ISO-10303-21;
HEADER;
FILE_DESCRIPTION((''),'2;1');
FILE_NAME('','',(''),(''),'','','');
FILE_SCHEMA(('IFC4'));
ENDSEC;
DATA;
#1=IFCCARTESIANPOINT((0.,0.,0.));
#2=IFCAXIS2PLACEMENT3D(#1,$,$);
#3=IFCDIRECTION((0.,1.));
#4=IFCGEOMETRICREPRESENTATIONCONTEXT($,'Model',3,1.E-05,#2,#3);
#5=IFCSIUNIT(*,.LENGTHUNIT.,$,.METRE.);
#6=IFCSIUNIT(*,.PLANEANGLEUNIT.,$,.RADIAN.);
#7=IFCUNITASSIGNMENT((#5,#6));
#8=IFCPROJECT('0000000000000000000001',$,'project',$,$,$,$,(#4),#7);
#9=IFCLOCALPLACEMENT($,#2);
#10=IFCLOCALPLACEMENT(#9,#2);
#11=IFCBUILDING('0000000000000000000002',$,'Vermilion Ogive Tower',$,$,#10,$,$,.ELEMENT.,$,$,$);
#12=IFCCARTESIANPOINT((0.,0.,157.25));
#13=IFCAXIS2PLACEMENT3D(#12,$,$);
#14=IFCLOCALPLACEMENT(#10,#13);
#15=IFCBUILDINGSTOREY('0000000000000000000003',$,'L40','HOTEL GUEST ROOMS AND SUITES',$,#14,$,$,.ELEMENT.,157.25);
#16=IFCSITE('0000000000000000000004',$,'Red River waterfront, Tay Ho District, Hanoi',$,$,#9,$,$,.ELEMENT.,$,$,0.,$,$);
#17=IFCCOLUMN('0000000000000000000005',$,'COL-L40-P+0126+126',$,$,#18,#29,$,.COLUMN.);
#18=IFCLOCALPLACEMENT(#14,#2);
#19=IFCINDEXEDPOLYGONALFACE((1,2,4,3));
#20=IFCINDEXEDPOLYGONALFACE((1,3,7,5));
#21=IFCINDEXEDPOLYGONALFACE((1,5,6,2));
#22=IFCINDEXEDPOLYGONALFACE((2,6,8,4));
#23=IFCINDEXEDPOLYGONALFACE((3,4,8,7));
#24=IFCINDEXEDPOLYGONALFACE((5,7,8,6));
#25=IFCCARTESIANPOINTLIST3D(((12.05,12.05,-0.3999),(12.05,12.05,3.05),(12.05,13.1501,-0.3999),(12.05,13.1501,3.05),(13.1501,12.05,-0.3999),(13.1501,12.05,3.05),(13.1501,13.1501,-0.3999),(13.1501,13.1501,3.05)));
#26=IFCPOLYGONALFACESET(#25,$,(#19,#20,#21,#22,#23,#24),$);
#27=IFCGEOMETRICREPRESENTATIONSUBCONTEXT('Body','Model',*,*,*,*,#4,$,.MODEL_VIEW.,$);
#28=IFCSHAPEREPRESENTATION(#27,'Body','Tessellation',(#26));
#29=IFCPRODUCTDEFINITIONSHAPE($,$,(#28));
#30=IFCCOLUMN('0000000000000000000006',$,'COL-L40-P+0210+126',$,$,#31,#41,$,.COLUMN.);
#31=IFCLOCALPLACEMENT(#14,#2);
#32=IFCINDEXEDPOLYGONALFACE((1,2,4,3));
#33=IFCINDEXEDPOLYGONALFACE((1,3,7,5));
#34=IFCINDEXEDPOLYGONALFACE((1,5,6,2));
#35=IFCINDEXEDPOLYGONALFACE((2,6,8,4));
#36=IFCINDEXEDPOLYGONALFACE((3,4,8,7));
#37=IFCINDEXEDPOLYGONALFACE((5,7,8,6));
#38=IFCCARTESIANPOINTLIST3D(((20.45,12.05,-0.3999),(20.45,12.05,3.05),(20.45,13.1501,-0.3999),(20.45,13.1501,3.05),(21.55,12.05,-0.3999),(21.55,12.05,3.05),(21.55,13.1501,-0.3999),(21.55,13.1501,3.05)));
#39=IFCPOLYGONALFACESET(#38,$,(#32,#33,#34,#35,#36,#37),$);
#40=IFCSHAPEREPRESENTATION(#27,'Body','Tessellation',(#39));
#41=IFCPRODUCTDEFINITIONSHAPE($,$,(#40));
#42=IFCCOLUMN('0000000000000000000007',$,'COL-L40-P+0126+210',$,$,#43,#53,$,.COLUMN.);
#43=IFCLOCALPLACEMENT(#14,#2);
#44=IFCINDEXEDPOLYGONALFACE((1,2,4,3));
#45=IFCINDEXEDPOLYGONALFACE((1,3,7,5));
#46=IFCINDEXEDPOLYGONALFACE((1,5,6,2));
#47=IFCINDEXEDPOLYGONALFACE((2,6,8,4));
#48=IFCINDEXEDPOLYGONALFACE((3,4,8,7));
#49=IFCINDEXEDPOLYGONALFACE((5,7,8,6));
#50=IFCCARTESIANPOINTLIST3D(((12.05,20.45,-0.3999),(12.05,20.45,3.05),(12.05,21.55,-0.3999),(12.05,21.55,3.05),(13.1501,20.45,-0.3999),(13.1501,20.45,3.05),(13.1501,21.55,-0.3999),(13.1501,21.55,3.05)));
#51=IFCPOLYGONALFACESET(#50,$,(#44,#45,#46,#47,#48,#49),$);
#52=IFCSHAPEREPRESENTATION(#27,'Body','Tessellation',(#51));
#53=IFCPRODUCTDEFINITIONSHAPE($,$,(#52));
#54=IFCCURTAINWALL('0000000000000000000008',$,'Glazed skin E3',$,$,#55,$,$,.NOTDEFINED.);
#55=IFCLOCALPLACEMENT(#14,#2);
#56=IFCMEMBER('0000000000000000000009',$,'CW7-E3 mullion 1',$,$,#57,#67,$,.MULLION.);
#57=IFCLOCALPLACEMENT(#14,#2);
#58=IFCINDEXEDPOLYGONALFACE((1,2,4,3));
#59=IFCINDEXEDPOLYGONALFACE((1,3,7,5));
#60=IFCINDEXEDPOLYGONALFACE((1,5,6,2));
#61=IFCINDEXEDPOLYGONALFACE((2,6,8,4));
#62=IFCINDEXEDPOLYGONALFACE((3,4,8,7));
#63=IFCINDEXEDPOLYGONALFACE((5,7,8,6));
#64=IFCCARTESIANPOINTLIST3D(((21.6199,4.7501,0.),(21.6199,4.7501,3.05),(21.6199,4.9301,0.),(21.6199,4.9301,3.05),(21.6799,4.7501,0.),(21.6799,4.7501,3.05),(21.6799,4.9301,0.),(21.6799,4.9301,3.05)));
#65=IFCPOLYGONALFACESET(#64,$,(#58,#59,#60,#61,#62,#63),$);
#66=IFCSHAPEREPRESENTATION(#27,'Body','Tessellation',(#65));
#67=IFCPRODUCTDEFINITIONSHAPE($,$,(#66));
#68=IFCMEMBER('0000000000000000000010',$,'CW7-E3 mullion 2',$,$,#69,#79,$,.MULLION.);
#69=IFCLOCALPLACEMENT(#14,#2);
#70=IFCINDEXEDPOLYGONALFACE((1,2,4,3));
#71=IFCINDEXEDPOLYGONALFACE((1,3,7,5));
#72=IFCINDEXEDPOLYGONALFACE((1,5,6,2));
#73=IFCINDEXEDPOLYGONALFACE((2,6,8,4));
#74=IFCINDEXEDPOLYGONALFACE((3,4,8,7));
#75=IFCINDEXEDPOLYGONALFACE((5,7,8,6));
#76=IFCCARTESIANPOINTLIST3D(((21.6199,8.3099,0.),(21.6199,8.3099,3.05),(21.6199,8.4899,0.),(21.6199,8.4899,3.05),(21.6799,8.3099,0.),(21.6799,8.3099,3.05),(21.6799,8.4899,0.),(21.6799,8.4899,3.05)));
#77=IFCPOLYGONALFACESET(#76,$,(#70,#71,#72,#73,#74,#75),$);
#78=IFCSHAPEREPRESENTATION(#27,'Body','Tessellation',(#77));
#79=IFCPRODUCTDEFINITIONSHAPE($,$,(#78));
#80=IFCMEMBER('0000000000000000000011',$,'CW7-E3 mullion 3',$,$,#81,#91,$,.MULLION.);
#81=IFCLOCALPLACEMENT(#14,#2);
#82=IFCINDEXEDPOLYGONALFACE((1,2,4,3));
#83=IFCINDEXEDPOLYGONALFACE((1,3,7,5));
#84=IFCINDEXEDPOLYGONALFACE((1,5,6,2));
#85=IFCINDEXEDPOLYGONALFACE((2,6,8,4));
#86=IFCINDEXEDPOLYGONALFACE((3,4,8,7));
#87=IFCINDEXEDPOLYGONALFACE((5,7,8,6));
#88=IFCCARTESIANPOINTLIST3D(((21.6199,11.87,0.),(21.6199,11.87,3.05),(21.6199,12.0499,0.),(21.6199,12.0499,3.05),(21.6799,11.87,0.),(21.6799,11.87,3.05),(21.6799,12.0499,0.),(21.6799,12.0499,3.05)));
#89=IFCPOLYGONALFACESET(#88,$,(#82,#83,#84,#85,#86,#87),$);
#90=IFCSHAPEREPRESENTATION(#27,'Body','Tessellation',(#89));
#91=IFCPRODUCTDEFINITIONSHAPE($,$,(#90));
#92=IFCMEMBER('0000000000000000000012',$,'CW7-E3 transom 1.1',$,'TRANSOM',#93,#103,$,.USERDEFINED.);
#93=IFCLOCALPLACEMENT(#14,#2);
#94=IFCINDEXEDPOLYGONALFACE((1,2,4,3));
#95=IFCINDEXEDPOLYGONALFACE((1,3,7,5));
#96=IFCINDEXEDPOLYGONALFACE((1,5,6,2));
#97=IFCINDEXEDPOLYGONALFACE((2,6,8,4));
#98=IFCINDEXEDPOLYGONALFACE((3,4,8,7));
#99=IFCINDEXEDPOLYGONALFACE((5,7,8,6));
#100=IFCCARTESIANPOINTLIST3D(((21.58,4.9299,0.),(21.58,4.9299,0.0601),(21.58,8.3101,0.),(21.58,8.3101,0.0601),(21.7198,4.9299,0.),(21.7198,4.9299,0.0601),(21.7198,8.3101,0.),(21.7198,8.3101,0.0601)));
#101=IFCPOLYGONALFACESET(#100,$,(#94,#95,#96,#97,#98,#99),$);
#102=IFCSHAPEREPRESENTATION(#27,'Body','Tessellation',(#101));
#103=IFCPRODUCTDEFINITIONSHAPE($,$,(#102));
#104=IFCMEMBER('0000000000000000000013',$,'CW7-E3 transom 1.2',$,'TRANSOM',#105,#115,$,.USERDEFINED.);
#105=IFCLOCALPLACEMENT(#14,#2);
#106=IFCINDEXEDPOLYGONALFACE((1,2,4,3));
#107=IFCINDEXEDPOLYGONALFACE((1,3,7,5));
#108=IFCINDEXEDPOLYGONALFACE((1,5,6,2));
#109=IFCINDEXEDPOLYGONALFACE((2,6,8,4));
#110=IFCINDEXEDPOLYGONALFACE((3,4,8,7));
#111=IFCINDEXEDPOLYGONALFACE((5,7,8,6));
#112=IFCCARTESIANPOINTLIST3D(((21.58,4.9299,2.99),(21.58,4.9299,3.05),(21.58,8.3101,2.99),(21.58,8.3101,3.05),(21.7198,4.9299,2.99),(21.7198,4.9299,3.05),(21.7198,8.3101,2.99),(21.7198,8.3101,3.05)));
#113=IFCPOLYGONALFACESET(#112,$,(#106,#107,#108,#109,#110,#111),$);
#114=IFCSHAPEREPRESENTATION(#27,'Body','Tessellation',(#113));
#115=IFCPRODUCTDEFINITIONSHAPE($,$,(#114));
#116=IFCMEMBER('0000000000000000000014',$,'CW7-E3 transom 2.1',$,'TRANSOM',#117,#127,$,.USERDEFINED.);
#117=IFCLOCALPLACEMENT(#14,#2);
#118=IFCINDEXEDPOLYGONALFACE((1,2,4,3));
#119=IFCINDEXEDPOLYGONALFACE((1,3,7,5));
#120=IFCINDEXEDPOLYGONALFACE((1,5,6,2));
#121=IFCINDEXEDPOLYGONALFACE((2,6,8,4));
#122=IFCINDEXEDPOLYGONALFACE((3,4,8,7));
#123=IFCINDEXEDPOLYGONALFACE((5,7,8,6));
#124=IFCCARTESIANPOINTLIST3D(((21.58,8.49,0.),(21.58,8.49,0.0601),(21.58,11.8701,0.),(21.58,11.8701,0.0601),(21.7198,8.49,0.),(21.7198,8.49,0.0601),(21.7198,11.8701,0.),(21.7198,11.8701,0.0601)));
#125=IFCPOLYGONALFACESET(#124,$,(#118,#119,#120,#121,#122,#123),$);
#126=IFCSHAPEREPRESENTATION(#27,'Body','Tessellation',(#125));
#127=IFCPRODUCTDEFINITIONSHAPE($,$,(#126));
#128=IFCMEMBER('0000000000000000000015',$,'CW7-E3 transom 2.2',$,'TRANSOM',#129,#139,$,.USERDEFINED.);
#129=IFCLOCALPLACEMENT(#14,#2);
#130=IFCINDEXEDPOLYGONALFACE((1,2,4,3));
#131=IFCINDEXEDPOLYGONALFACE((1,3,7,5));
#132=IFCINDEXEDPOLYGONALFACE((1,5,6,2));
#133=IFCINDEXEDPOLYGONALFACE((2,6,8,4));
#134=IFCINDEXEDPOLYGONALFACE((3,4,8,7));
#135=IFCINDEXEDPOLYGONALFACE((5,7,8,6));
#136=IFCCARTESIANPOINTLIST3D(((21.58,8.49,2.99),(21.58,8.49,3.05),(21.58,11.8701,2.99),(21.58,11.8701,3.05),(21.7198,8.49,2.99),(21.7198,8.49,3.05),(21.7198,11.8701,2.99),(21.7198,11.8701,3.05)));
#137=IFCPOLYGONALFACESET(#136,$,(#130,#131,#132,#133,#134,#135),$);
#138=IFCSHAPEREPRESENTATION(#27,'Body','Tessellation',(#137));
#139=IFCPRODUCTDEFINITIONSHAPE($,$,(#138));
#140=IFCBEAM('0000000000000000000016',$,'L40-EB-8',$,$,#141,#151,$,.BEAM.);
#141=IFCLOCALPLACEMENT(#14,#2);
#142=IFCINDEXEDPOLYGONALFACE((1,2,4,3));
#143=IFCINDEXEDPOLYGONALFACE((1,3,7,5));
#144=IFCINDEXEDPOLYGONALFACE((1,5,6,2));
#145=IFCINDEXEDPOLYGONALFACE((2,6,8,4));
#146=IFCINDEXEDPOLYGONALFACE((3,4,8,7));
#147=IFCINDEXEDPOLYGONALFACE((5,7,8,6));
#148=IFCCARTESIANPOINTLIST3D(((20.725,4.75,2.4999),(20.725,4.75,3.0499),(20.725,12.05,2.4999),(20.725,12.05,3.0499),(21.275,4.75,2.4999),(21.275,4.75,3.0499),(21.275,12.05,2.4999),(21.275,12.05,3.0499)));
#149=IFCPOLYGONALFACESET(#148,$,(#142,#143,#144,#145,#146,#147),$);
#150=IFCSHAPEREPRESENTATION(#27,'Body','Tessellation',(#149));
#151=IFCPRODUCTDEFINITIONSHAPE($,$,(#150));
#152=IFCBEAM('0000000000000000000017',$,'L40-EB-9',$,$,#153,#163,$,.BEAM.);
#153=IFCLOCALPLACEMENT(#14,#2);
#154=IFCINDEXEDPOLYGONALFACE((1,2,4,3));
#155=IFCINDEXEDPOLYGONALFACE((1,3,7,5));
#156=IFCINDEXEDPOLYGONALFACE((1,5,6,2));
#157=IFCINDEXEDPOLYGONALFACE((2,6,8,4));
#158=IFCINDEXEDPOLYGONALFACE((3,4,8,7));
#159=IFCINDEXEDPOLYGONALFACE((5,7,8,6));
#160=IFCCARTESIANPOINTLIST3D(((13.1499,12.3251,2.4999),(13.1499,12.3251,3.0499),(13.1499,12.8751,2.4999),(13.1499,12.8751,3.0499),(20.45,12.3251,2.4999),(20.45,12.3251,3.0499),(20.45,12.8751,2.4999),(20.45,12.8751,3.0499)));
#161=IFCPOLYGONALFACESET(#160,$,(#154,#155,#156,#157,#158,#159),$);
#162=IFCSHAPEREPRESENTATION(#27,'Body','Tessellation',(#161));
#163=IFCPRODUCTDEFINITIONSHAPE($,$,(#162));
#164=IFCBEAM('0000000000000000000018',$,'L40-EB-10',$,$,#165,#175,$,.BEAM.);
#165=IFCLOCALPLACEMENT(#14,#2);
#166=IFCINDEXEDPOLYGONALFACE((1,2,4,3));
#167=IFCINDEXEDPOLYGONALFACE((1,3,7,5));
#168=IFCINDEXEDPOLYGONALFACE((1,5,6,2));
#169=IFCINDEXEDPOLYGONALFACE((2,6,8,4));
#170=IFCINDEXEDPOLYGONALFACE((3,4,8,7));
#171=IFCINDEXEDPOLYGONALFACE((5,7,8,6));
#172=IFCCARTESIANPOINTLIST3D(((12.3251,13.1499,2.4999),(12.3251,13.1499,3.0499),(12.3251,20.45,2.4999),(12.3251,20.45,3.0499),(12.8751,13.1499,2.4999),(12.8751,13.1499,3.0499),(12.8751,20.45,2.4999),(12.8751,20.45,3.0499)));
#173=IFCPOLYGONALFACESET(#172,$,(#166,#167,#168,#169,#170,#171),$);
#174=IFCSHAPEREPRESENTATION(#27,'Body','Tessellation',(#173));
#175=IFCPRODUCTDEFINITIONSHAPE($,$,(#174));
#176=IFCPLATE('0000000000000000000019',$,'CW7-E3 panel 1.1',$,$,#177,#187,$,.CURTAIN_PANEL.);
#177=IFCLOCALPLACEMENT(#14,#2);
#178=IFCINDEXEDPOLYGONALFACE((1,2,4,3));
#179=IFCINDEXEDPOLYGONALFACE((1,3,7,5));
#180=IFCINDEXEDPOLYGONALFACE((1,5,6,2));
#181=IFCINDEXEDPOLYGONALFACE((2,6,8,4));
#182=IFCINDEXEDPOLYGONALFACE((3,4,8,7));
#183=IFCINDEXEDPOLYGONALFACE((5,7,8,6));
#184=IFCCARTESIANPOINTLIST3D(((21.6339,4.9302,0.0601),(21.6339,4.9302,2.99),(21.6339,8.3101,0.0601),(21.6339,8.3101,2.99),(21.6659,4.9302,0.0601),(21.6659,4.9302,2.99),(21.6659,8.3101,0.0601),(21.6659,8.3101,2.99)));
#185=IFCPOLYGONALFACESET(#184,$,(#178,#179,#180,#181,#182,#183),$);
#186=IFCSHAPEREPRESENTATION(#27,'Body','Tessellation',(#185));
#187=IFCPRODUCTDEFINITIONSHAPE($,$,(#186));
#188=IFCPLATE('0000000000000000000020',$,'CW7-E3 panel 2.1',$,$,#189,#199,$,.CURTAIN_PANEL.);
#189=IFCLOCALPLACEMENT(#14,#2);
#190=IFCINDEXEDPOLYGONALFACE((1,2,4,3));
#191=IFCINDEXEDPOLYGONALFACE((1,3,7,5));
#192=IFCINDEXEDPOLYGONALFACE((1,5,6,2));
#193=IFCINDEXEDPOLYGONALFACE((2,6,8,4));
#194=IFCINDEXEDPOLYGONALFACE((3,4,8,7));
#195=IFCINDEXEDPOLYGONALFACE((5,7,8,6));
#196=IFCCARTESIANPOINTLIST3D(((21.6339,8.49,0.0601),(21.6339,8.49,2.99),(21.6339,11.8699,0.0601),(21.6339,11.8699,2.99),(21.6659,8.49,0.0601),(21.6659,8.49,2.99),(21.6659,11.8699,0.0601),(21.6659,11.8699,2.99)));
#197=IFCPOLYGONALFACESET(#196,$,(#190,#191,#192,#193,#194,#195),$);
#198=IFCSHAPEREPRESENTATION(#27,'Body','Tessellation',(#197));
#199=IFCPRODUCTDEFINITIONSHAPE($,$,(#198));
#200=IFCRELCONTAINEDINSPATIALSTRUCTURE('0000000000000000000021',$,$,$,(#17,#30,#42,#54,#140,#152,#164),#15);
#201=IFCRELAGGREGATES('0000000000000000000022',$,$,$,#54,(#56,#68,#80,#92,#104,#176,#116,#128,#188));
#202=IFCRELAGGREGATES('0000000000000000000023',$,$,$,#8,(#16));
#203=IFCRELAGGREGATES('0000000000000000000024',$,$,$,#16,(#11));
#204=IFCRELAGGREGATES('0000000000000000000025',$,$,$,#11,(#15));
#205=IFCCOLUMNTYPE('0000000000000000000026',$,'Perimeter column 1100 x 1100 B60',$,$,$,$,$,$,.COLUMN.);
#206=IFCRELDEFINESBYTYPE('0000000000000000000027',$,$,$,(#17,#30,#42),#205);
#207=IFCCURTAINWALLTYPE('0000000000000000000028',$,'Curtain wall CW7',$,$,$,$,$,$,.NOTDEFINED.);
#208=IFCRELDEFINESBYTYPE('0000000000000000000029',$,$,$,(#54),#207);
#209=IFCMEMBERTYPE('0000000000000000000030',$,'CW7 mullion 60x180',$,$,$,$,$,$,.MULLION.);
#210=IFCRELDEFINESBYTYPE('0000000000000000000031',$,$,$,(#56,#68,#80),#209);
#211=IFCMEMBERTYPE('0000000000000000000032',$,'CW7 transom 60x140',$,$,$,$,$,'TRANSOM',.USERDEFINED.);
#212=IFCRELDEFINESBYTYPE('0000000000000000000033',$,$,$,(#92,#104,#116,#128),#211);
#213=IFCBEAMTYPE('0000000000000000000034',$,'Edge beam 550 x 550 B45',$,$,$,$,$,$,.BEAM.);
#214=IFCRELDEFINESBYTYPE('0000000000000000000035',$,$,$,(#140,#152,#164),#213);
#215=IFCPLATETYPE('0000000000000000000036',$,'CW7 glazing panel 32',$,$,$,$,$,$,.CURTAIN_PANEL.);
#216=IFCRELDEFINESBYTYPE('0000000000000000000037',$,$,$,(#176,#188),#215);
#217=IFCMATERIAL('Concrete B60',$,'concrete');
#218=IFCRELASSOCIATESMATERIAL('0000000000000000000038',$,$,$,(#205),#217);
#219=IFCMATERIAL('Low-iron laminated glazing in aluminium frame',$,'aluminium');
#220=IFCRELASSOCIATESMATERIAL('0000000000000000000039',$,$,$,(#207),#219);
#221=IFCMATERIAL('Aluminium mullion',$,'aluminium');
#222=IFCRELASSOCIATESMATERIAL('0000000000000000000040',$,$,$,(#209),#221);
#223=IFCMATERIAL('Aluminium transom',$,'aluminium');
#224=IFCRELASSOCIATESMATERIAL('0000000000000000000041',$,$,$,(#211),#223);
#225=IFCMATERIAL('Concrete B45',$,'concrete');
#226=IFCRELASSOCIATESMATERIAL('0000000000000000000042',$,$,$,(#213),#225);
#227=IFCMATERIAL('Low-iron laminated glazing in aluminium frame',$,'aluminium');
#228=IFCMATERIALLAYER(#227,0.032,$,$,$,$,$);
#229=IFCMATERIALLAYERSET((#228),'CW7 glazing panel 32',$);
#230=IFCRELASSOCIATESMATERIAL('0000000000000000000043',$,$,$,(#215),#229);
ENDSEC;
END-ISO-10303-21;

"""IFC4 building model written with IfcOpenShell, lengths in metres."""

from ifc_helpers import new_model, si_unit, direction, frame, origin, origin_2d, place, context, subcontext, project, spatial, rectangle, extrude, material, layer, layer_set, material_profile, profile_set, type_object, element, aggregate, save


model = new_model("IFC4")

# Units and contexts
model_context = context("Model", 3, precision=1e-05, world=origin(), true_north=direction((0.0, 1.0)))
body_context = subcontext(model_context, "Body", "Model", "MODEL_VIEW")
ifc_project = project(units=[si_unit("LENGTHUNIT", "METRE"), si_unit("PLANEANGLEUNIT", "RADIAN")], contexts=[model_context])

# Site, building, storey
site_placement = place(None, origin())
site = spatial("IfcSite", under=ifc_project, at=site_placement, Name="Red River waterfront, Tay Ho District, Hanoi", CompositionType="ELEMENT", RefElevation=0.0)
building_placement = place(site_placement, origin())
building = spatial("IfcBuilding", under=site, at=building_placement, Name="Vermilion Ogive Tower", CompositionType="ELEMENT")
storey_placement = place(building_placement, frame((0.0, 0.0, 157.25)))
storey = spatial("IfcBuildingStorey", under=building, at=storey_placement, Name="L40", Description="HOTEL GUEST ROOMS AND SUITES", CompositionType="ELEMENT", Elevation=157.25)

# Columns
ifc_material_1 = material(Name="Concrete B60", Category="concrete")
ifc_material_profile_1 = material_profile(ifc_material_1, rectangle(XDim=1.1001, YDim=1.1001, at=origin_2d()), Name="1100 x 1100")
ifc_profile_set_1 = profile_set([ifc_material_profile_1], Name="Concrete B60")
column_type = type_object("IfcColumnType", Name="Perimeter column 1100 x 1100 B60", PredefinedType="COLUMN", material=ifc_profile_set_1)
for number, where, z_axis, x_axis, name in (
    (1, (12.6001, 12.6001, -0.3999), (0.0, 0.0, 1.0), (1.0, 0.0, 0.0), "COL-L40-P+0126+126"),
    (2, (21.0, 12.6001, -0.3999), (0.0, 0.0, 1.0), (1.0, 0.0, 0.0), "COL-L40-P+0210+126"),
    (3, (12.6001, 21.0, -0.3999), (0.0, 0.0, 1.0), (1.0, 0.0, 0.0), "COL-L40-P+0126+210"),
):
    element("IfcColumn", number, at=place(storey_placement, frame(where, z_axis=z_axis, x_axis=x_axis)), inside=storey, type_object=column_type, Name=name, PredefinedType="COLUMN", context=body_context, shape_type="SweptSolid", body=[
        extrude(rectangle(XDim=1.1001, YDim=1.1001, at=origin_2d()), origin(), (0.0, 0.0, 1.0), 3.45),
    ])

# Curtain wall, members
ifc_material_2 = material(Name="Low-iron laminated glazing in aluminium frame", Category="aluminium")
curtain_wall_type = type_object("IfcCurtainWallType", Name="Curtain wall CW7", PredefinedType="NOTDEFINED", material=ifc_material_2)
curtain_wall_placement = place(storey_placement, origin())
curtain_wall = element("IfcCurtainWall", 4, at=curtain_wall_placement, inside=storey, type_object=curtain_wall_type, Name="Glazed skin E3", PredefinedType="NOTDEFINED")
ifc_material_3 = material(Name="Aluminium mullion", Category="aluminium")
ifc_material_profile_2 = material_profile(ifc_material_3, rectangle(XDim=0.0601, YDim=0.1799, at=origin_2d()), Name="AL 60x180")
ifc_profile_set_2 = profile_set([ifc_material_profile_2], Name="Aluminium mullion")
member_type_1 = type_object("IfcMemberType", Name="CW7 mullion 60x180", PredefinedType="MULLION", material=ifc_profile_set_2)
member_1_placement = place(storey_placement, frame((21.6499, 4.8401, 0.0), z_axis=(0.0, 0.0, 1.0), x_axis=(-1.0, 0.0, 0.0)))
member_1 = element("IfcMember", 5, at=member_1_placement, type_object=member_type_1, Name="CW7-E3 mullion 1", PredefinedType="MULLION", context=body_context, shape_type="SweptSolid", body=[
    extrude(rectangle(XDim=0.0601, YDim=0.1799, at=origin_2d()), origin(), (0.0, 0.0, 1.0), 3.05),
])
member_2_placement = place(storey_placement, frame((21.6499, 8.3999, 0.0), z_axis=(0.0, 0.0, 1.0), x_axis=(-1.0, 0.0, 0.0)))
member_2 = element("IfcMember", 6, at=member_2_placement, type_object=member_type_1, Name="CW7-E3 mullion 2", PredefinedType="MULLION", context=body_context, shape_type="SweptSolid", body=[
    extrude(rectangle(XDim=0.0601, YDim=0.1799, at=origin_2d()), origin(), (0.0, 0.0, 1.0), 3.05),
])
member_3_placement = place(storey_placement, frame((21.6499, 11.96, 0.0), z_axis=(0.0, 0.0, 1.0), x_axis=(-1.0, 0.0, 0.0)))
member_3 = element("IfcMember", 7, at=member_3_placement, type_object=member_type_1, Name="CW7-E3 mullion 3", PredefinedType="MULLION", context=body_context, shape_type="SweptSolid", body=[
    extrude(rectangle(XDim=0.0601, YDim=0.1799, at=origin_2d()), origin(), (0.0, 0.0, 1.0), 3.05),
])
ifc_material_4 = material(Name="Aluminium transom", Category="aluminium")
ifc_material_profile_3 = material_profile(ifc_material_4, rectangle(XDim=0.1399, YDim=0.0601, at=origin_2d()), Name="AL 60x140")
ifc_profile_set_3 = profile_set([ifc_material_profile_3], Name="Aluminium transom")
member_type_2 = type_object("IfcMemberType", Name="CW7 transom 60x140", ElementType="TRANSOM", PredefinedType="USERDEFINED", material=ifc_profile_set_3)
member_4_placement = place(storey_placement, frame((21.6499, 4.9299, 0.03), z_axis=(0.0, 1.0, 0.0), x_axis=(-1.0, 0.0, 0.0)))
member_4 = element("IfcMember", 8, at=member_4_placement, type_object=member_type_2, Name="CW7-E3 transom 1.1", ObjectType="TRANSOM", PredefinedType="USERDEFINED", context=body_context, shape_type="SweptSolid", body=[
    extrude(rectangle(XDim=0.1399, YDim=0.0601, at=origin_2d()), origin(), (0.0, 0.0, 1.0), 3.3801),
])
member_5_placement = place(storey_placement, frame((21.6499, 4.9299, 3.02), z_axis=(0.0, 1.0, 0.0), x_axis=(-1.0, 0.0, 0.0)))
member_5 = element("IfcMember", 9, at=member_5_placement, type_object=member_type_2, Name="CW7-E3 transom 1.2", ObjectType="TRANSOM", PredefinedType="USERDEFINED", context=body_context, shape_type="SweptSolid", body=[
    extrude(rectangle(XDim=0.1399, YDim=0.0601, at=origin_2d()), origin(), (0.0, 0.0, 1.0), 3.3801),
])
member_6_placement = place(storey_placement, frame((21.6499, 8.49, 0.03), z_axis=(0.0, 1.0, 0.0), x_axis=(-1.0, 0.0, 0.0)))
member_6 = element("IfcMember", 10, at=member_6_placement, type_object=member_type_2, Name="CW7-E3 transom 2.1", ObjectType="TRANSOM", PredefinedType="USERDEFINED", context=body_context, shape_type="SweptSolid", body=[
    extrude(rectangle(XDim=0.1399, YDim=0.0601, at=origin_2d()), origin(), (0.0, 0.0, 1.0), 3.3801),
])
member_7_placement = place(storey_placement, frame((21.6499, 8.49, 3.02), z_axis=(0.0, 1.0, 0.0), x_axis=(-1.0, 0.0, 0.0)))
member_7 = element("IfcMember", 11, at=member_7_placement, type_object=member_type_2, Name="CW7-E3 transom 2.2", ObjectType="TRANSOM", PredefinedType="USERDEFINED", context=body_context, shape_type="SweptSolid", body=[
    extrude(rectangle(XDim=0.1399, YDim=0.0601, at=origin_2d()), origin(), (0.0, 0.0, 1.0), 3.3801),
])

# Beams
ifc_material_5 = material(Name="Concrete B45", Category="concrete")
ifc_material_profile_4 = material_profile(ifc_material_5, rectangle(XDim=0.55, YDim=0.55, at=origin_2d()), Name="550 x 550")
ifc_profile_set_4 = profile_set([ifc_material_profile_4], Name="Concrete B45")
beam_type = type_object("IfcBeamType", Name="Edge beam 550 x 550 B45", PredefinedType="BEAM", material=ifc_profile_set_4)
for number, where, z_axis, x_axis, name in (
    (12, (21.0, 4.75, 2.7749), (0.0, 1.0, 0.0), (-1.0, 0.0, 0.0), "L40-EB-8"),
    (13, (20.45, 12.6001, 2.7749), (-1.0, 0.0, 0.0), (0.0, -1.0, 0.0), "L40-EB-9"),
    (14, (12.6001, 13.1499, 2.7749), (0.0, 1.0, 0.0), (-1.0, 0.0, 0.0), "L40-EB-10"),
):
    element("IfcBeam", number, at=place(storey_placement, frame(where, z_axis=z_axis, x_axis=x_axis)), inside=storey, type_object=beam_type, Name=name, PredefinedType="BEAM", context=body_context, shape_type="SweptSolid", body=[
        extrude(rectangle(XDim=0.55, YDim=0.55, at=origin_2d()), origin(), (0.0, 0.0, 1.0), 7.3),
    ])

# Plates
ifc_material_6 = material(Name="Low-iron laminated glazing in aluminium frame", Category="aluminium")
ifc_layer_1 = layer(ifc_material_6, 0.032)
ifc_layer_set_1 = layer_set([ifc_layer_1], Name="CW7 glazing panel 32")
plate_type = type_object("IfcPlateType", Name="CW7 glazing panel 32", PredefinedType="CURTAIN_PANEL", material=ifc_layer_set_1)
plate_1_placement = place(storey_placement, frame((21.6499, 6.6201, 0.0601), z_axis=(0.0, 0.0, 1.0), x_axis=(0.0, 1.0, 0.0)))
plate_1 = element("IfcPlate", 15, at=plate_1_placement, type_object=plate_type, Name="CW7-E3 panel 1.1", PredefinedType="CURTAIN_PANEL", context=body_context, shape_type="SweptSolid", body=[
    extrude(rectangle(XDim=3.3799, YDim=0.032, at=origin_2d()), origin(), (0.0, 0.0, 1.0), 2.9299),
])
plate_2_placement = place(storey_placement, frame((21.6499, 10.1799, 0.0601), z_axis=(0.0, 0.0, 1.0), x_axis=(0.0, 1.0, 0.0)))
plate_2 = element("IfcPlate", 16, at=plate_2_placement, type_object=plate_type, Name="CW7-E3 panel 2.1", PredefinedType="CURTAIN_PANEL", context=body_context, shape_type="SweptSolid", body=[
    extrude(rectangle(XDim=3.3799, YDim=0.032, at=origin_2d()), origin(), (0.0, 0.0, 1.0), 2.9299),
])
aggregate(curtain_wall, [member_1, member_2, member_3, member_4, member_5, plate_1, member_6, member_7, plate_2])

save(model, "model.ifc")
